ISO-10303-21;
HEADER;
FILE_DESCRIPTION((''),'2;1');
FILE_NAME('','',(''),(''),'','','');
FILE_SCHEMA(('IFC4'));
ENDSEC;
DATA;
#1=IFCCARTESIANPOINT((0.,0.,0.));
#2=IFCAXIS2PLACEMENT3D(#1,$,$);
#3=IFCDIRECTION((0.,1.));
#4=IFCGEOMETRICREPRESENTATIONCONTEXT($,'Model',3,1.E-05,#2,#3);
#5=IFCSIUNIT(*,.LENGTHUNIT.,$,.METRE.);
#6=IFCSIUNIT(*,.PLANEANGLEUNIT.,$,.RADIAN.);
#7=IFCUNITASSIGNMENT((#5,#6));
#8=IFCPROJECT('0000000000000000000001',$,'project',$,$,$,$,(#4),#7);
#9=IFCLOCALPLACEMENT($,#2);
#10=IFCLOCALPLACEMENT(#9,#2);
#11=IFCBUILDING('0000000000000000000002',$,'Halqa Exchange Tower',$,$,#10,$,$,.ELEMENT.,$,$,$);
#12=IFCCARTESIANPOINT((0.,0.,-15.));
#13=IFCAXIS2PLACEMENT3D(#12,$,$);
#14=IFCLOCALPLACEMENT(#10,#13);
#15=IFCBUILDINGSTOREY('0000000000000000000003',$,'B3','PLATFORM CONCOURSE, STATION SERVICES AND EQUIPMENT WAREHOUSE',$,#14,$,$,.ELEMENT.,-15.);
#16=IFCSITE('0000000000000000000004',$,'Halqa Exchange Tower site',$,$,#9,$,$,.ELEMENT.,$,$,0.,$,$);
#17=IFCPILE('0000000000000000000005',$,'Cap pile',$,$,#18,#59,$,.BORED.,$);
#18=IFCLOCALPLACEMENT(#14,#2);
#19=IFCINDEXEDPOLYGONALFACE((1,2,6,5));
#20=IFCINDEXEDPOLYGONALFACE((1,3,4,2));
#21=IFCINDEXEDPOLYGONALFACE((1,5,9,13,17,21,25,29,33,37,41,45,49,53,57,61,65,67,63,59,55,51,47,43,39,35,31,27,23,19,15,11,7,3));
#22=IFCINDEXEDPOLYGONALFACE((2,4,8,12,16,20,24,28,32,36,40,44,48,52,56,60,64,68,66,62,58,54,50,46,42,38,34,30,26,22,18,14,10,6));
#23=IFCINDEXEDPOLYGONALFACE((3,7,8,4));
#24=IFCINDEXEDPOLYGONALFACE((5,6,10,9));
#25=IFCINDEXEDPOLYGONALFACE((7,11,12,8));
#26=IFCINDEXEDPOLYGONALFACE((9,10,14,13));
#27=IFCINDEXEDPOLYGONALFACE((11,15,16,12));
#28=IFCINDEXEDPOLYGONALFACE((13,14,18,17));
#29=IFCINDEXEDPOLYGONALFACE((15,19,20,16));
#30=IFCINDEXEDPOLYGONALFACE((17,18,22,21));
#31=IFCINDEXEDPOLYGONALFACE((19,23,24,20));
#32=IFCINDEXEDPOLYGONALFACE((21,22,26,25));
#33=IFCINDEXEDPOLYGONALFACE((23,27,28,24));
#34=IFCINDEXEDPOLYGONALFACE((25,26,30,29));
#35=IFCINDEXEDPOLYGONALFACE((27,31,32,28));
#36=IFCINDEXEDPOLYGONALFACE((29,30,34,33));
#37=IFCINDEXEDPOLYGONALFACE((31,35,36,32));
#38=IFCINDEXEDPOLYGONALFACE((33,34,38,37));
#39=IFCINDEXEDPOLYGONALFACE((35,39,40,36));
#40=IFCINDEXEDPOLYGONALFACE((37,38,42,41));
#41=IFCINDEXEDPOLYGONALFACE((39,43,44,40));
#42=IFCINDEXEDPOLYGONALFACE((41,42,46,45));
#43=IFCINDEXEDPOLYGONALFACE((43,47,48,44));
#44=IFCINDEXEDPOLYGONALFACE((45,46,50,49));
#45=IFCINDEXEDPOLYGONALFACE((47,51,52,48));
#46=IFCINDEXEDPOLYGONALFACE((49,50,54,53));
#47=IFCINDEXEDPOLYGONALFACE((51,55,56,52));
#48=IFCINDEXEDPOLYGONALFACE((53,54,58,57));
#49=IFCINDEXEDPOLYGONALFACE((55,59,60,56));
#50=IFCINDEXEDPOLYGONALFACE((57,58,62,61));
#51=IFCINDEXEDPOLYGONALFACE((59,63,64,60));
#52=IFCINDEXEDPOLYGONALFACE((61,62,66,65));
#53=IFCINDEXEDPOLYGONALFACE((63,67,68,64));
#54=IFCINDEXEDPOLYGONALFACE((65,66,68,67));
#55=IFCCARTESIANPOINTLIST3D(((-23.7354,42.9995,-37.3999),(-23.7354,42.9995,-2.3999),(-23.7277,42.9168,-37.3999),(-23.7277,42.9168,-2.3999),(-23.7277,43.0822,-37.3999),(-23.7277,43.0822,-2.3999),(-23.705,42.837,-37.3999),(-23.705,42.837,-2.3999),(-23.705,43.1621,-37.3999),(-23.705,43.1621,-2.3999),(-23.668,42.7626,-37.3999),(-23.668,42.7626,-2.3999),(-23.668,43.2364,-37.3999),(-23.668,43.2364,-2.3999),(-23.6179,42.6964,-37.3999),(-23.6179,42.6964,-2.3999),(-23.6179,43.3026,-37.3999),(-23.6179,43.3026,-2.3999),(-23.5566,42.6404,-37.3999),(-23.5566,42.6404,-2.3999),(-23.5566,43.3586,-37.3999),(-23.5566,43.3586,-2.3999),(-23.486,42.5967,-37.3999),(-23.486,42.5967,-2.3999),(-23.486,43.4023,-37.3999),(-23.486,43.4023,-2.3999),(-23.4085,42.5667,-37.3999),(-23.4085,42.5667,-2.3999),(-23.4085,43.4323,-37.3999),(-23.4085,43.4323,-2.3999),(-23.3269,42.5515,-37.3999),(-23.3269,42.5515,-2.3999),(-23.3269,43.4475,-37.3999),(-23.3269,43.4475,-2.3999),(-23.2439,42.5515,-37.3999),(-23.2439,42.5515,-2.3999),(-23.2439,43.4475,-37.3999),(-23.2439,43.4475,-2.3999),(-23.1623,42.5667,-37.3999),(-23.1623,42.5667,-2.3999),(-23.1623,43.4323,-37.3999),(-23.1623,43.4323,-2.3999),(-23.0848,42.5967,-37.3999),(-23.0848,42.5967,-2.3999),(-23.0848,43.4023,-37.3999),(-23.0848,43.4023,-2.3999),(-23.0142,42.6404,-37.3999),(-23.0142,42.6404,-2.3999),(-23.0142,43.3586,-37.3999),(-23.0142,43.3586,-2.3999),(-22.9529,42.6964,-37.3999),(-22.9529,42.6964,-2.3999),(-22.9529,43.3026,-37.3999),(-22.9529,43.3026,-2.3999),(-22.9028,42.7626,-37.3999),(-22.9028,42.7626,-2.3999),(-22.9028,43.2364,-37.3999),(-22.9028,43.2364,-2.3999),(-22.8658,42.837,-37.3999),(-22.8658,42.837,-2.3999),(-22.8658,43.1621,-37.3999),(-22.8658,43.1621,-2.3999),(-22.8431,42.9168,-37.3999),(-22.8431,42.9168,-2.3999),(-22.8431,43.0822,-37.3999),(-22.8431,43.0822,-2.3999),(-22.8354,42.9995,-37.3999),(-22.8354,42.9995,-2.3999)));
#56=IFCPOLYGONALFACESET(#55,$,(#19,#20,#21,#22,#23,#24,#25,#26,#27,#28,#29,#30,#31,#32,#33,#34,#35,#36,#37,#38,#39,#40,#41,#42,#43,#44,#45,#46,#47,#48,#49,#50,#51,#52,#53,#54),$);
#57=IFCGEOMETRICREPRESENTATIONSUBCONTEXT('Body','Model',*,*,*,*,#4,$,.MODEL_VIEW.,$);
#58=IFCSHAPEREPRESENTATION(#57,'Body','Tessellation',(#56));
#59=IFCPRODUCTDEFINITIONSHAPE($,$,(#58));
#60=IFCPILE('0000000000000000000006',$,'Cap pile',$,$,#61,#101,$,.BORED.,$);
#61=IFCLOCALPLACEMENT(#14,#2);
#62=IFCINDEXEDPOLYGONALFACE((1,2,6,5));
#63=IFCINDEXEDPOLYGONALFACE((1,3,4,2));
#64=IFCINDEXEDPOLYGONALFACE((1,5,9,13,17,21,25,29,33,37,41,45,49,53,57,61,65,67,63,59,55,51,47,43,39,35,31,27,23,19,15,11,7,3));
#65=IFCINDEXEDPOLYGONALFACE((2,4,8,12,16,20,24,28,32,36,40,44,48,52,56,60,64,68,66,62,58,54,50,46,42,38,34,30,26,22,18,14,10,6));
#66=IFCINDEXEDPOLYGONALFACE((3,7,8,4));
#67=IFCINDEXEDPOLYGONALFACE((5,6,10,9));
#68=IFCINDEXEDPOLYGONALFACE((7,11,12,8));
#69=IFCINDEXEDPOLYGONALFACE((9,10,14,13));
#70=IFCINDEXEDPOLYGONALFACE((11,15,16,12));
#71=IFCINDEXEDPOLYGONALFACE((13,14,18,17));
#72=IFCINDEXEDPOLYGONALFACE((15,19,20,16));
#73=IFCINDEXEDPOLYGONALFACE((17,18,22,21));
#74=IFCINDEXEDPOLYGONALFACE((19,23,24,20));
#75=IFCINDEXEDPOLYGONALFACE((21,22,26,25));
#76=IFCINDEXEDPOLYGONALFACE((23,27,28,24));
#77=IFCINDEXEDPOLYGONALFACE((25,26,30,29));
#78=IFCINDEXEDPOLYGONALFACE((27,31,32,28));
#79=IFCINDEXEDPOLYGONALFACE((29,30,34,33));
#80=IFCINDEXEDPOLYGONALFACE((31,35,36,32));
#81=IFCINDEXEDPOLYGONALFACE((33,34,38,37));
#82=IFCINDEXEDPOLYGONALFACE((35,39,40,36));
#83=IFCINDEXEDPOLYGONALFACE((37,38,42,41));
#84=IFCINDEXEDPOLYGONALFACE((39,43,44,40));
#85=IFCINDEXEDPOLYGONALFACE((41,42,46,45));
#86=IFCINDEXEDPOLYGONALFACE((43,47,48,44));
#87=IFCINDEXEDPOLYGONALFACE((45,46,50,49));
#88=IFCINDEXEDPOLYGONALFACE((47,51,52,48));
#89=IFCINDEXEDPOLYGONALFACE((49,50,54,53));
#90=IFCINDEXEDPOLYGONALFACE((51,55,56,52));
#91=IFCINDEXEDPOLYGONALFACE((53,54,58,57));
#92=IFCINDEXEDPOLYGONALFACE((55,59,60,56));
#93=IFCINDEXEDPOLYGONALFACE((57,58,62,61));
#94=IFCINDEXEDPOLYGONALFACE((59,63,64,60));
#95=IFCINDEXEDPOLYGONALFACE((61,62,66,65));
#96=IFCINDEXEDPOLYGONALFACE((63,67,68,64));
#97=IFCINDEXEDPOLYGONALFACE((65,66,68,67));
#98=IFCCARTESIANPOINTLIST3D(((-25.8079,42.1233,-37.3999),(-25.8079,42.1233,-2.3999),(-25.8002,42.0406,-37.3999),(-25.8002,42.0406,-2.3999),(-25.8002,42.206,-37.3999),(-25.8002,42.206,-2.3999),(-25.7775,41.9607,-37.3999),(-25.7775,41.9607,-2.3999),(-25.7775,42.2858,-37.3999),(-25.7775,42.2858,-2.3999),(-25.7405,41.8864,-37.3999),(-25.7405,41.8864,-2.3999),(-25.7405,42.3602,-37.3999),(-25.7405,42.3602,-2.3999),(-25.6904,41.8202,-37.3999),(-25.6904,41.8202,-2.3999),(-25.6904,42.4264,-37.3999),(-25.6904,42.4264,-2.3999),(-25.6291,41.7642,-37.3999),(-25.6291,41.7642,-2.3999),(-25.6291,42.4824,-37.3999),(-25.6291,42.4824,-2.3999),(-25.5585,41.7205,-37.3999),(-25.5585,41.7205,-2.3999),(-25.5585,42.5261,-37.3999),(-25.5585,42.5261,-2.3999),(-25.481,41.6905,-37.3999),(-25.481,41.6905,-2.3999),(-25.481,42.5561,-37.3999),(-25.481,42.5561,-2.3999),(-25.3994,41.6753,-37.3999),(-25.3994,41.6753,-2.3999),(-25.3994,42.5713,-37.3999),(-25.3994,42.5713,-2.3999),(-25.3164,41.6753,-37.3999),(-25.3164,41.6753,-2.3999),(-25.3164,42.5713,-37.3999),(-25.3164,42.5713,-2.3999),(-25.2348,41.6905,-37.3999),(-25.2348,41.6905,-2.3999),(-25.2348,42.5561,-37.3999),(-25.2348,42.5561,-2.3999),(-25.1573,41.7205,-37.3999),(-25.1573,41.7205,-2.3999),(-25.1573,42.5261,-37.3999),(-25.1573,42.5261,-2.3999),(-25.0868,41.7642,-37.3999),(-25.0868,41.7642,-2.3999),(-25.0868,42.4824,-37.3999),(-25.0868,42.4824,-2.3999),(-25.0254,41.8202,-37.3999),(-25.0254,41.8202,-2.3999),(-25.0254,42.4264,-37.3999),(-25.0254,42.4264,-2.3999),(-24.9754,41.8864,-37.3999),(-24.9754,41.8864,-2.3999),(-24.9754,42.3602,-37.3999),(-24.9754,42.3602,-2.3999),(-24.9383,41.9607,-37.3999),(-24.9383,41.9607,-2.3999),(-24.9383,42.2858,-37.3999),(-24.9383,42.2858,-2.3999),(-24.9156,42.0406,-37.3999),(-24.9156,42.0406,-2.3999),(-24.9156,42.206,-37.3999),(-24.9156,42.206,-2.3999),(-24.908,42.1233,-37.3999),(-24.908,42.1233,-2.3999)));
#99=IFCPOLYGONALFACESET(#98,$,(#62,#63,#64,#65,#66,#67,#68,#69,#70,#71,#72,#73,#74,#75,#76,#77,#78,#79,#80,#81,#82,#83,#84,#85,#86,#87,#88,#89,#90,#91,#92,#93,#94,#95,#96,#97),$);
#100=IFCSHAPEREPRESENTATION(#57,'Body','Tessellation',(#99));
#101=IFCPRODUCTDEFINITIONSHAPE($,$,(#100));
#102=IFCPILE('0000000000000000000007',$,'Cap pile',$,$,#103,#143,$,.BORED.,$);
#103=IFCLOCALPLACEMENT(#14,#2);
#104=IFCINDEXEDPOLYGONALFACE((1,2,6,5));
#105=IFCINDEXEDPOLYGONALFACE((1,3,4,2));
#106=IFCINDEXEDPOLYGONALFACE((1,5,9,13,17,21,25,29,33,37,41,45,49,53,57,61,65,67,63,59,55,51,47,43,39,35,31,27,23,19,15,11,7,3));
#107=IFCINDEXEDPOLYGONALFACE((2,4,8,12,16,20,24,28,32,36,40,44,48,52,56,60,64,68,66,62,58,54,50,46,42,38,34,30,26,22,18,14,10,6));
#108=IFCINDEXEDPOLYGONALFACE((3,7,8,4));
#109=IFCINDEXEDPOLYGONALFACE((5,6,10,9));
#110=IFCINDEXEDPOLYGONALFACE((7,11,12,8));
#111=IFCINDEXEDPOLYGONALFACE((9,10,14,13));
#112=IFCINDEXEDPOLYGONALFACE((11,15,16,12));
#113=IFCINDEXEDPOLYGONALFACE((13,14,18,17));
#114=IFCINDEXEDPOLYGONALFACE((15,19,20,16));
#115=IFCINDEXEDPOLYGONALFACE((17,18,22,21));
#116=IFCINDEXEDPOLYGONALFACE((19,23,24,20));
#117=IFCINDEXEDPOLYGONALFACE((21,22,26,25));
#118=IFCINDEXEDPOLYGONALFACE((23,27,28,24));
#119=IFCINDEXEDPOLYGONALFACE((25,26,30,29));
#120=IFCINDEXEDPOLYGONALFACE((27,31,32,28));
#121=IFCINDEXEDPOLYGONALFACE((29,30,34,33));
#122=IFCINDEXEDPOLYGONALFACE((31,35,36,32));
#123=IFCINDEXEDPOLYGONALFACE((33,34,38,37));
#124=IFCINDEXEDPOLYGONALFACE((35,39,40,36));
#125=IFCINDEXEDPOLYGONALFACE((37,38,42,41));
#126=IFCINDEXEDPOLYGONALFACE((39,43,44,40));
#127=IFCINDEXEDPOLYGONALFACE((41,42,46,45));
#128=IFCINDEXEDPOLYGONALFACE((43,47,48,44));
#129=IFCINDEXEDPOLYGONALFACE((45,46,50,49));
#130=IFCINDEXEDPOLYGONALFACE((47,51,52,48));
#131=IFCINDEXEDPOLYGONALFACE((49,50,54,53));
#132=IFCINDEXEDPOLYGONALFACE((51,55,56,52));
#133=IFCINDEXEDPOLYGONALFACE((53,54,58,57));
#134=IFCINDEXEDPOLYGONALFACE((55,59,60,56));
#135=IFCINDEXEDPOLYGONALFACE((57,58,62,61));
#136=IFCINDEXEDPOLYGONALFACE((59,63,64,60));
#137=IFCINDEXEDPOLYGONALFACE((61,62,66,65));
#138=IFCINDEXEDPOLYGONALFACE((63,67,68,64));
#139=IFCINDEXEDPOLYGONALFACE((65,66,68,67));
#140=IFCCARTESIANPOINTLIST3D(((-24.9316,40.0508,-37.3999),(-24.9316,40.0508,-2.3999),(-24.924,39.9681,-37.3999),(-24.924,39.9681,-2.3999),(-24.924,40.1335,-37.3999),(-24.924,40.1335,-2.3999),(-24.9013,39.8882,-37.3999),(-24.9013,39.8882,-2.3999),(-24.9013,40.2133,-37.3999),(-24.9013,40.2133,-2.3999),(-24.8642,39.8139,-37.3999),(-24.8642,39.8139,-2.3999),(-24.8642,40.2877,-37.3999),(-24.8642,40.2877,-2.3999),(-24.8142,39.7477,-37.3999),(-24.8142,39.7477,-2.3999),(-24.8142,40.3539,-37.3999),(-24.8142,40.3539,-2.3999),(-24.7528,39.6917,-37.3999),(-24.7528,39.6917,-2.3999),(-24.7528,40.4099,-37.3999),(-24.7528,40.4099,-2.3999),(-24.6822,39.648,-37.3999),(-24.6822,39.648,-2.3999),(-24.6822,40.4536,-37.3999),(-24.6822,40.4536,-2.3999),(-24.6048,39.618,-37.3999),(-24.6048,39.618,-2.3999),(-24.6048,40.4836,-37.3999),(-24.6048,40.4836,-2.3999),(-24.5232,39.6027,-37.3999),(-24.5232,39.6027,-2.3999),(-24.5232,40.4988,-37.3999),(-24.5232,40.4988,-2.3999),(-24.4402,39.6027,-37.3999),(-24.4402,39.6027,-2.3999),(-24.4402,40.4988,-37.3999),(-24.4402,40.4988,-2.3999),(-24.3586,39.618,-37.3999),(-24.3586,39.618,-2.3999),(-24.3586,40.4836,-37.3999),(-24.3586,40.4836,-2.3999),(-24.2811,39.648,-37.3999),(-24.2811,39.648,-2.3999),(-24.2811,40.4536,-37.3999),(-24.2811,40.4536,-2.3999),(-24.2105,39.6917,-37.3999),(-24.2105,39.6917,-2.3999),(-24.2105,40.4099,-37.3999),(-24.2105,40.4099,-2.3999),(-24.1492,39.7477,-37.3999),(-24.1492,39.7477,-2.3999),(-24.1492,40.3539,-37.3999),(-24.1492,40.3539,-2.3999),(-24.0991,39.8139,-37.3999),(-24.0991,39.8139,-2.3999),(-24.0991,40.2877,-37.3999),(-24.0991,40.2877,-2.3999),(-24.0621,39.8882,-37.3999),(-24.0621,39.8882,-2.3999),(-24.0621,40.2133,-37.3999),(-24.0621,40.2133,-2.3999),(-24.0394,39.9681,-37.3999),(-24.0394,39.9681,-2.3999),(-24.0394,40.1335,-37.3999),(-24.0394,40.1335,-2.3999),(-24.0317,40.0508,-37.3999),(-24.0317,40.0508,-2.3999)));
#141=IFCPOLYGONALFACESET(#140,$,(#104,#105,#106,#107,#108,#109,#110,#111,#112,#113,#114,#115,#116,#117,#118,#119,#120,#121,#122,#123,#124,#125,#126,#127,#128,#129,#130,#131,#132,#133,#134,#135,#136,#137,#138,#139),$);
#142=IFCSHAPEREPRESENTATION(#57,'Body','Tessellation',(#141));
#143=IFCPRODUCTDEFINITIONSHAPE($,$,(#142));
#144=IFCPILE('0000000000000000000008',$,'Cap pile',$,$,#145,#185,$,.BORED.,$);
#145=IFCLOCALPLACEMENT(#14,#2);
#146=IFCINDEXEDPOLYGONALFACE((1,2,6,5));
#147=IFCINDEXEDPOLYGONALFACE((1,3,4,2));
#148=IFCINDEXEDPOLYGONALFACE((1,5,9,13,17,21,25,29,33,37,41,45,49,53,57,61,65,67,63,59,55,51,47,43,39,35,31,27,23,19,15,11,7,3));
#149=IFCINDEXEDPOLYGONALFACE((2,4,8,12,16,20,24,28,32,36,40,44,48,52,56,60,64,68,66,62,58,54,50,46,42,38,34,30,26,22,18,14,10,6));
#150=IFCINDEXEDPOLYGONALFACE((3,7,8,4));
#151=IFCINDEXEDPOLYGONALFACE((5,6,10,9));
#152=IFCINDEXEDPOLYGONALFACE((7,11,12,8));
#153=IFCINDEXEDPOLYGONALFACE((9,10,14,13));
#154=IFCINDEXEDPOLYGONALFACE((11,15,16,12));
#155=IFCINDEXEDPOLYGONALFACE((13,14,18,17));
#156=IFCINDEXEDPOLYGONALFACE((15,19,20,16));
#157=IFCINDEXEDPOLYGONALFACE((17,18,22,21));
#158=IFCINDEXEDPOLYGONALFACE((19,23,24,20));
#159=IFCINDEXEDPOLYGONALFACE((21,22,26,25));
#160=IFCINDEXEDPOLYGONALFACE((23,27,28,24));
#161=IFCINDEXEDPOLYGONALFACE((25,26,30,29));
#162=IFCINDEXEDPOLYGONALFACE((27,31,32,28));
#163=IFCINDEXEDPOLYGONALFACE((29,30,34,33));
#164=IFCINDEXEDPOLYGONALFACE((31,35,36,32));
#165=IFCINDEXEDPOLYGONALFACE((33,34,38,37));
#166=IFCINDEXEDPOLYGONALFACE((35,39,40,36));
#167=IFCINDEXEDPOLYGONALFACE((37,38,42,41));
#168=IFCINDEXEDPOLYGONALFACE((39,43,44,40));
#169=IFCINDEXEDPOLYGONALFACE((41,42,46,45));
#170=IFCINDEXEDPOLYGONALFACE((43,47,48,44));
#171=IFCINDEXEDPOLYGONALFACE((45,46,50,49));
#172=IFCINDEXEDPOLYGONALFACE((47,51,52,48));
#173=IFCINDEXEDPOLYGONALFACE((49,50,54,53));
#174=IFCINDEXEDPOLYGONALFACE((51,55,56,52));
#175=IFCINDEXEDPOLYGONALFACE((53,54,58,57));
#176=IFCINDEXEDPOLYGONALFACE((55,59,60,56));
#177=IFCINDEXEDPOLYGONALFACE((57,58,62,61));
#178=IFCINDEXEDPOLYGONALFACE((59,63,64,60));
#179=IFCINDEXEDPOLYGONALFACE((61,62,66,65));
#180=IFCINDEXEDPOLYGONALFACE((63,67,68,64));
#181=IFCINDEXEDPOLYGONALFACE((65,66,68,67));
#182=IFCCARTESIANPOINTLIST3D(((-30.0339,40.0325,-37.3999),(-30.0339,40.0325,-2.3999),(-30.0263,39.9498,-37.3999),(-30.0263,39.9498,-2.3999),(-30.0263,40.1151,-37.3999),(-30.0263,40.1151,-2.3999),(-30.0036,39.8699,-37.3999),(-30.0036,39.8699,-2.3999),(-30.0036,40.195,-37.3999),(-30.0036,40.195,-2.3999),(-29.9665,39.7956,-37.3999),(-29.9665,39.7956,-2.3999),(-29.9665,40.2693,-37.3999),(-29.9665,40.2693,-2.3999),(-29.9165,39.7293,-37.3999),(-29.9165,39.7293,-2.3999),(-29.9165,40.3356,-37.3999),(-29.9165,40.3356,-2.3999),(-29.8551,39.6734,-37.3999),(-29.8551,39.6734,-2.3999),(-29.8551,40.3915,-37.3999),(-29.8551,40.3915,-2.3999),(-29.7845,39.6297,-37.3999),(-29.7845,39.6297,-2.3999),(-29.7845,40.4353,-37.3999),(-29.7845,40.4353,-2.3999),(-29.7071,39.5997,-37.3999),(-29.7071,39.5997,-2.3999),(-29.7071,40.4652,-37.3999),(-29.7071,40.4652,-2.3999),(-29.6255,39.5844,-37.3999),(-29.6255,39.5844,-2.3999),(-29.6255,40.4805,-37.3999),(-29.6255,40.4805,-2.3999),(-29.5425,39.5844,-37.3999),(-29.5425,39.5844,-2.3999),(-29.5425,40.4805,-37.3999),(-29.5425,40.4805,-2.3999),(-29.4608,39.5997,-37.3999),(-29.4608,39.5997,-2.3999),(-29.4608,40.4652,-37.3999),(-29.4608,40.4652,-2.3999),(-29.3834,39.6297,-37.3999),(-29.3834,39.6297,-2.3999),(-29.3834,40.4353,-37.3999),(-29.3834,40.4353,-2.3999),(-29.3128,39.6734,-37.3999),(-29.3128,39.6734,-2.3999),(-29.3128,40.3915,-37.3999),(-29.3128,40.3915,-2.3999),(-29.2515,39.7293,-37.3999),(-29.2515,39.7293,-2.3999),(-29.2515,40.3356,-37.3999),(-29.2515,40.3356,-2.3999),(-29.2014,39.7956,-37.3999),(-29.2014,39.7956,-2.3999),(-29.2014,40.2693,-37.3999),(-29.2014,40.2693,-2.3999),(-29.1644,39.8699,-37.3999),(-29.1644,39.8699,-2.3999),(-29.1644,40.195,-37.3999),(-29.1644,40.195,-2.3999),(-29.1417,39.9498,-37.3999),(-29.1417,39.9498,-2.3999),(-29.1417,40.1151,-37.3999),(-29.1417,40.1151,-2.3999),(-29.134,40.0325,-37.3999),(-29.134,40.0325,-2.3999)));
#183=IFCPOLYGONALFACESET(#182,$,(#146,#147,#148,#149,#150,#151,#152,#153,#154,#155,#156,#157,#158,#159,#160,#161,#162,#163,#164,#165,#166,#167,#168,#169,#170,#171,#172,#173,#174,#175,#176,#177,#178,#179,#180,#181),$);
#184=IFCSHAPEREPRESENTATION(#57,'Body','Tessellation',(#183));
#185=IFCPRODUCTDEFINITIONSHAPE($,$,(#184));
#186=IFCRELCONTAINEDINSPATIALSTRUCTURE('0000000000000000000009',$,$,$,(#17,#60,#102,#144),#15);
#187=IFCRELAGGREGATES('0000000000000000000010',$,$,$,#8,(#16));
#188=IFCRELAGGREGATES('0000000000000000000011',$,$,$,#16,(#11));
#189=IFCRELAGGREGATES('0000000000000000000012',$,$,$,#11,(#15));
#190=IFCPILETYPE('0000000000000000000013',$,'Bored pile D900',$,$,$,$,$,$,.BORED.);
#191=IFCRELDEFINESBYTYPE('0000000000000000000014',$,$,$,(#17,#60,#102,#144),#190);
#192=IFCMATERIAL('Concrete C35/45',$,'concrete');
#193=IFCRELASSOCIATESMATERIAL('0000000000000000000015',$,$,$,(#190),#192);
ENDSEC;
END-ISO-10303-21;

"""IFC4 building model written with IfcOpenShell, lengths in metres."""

from ifc_helpers import new_model, si_unit, direction, frame, origin, origin_2d, place, context, subcontext, project, spatial, circle, extrude, material, material_profile, profile_set, type_object, element, save


model = new_model("IFC4")

# Units and contexts
model_context = context("Model", 3, precision=1e-05, world=origin(), true_north=direction((0.0, 1.0)))
body_context = subcontext(model_context, "Body", "Model", "MODEL_VIEW")
ifc_project = project(units=[si_unit("LENGTHUNIT", "METRE"), si_unit("PLANEANGLEUNIT", "RADIAN")], contexts=[model_context])

# Site, building, storey
site_placement = place(None, origin())
site = spatial("IfcSite", under=ifc_project, at=site_placement, Name="Halqa Exchange Tower site", CompositionType="ELEMENT", RefElevation=0.0)
building_placement = place(site_placement, origin())
building = spatial("IfcBuilding", under=site, at=building_placement, Name="Halqa Exchange Tower", CompositionType="ELEMENT")
storey_placement = place(building_placement, frame((0.0, 0.0, -15.0)))
storey = spatial("IfcBuildingStorey", under=building, at=storey_placement, Name="B3", Description="PLATFORM CONCOURSE, STATION SERVICES AND EQUIPMENT WAREHOUSE", CompositionType="ELEMENT", Elevation=-15.0)

# Piles
ifc_material_1 = material(Name="Concrete C35/45", Category="concrete")
ifc_material_profile_1 = material_profile(ifc_material_1, circle(Radius=0.45, at=origin_2d()), Name="D900")
ifc_profile_set_1 = profile_set([ifc_material_profile_1], Name="Concrete C35/45")
pile_type_1 = type_object("IfcPileType", Name="Bored pile D900", PredefinedType="BORED", material=ifc_profile_set_1)
for number, where, z_axis, x_axis, name in (
    (1, (-23.2854, 42.9995, -2.3999), (0.0, 0.0, -1.0), (1.0, 0.0, 0.0), "Cap pile"),
    (2, (-25.3579, 42.1233, -2.3999), (0.0, 0.0, -1.0), (1.0, 0.0, 0.0), "Cap pile"),
    (3, (-24.4817, 40.0508, -2.3999), (0.0, 0.0, -1.0), (1.0, 0.0, 0.0), "Cap pile"),
    (4, (-29.584, 40.0325, -2.3999), (0.0, 0.0, -1.0), (1.0, 0.0, 0.0), "Cap pile"),
):
    element("IfcPile", number, at=place(storey_placement, frame(where, z_axis=z_axis, x_axis=x_axis)), inside=storey, type_object=pile_type_1, Name=name, PredefinedType="BORED", context=body_context, shape_type="SweptSolid", body=[
        extrude(circle(Radius=0.45, at=origin_2d()), origin(), (0.0, 0.0, 1.0), 35.0),
    ])

save(model, "model.ifc")
